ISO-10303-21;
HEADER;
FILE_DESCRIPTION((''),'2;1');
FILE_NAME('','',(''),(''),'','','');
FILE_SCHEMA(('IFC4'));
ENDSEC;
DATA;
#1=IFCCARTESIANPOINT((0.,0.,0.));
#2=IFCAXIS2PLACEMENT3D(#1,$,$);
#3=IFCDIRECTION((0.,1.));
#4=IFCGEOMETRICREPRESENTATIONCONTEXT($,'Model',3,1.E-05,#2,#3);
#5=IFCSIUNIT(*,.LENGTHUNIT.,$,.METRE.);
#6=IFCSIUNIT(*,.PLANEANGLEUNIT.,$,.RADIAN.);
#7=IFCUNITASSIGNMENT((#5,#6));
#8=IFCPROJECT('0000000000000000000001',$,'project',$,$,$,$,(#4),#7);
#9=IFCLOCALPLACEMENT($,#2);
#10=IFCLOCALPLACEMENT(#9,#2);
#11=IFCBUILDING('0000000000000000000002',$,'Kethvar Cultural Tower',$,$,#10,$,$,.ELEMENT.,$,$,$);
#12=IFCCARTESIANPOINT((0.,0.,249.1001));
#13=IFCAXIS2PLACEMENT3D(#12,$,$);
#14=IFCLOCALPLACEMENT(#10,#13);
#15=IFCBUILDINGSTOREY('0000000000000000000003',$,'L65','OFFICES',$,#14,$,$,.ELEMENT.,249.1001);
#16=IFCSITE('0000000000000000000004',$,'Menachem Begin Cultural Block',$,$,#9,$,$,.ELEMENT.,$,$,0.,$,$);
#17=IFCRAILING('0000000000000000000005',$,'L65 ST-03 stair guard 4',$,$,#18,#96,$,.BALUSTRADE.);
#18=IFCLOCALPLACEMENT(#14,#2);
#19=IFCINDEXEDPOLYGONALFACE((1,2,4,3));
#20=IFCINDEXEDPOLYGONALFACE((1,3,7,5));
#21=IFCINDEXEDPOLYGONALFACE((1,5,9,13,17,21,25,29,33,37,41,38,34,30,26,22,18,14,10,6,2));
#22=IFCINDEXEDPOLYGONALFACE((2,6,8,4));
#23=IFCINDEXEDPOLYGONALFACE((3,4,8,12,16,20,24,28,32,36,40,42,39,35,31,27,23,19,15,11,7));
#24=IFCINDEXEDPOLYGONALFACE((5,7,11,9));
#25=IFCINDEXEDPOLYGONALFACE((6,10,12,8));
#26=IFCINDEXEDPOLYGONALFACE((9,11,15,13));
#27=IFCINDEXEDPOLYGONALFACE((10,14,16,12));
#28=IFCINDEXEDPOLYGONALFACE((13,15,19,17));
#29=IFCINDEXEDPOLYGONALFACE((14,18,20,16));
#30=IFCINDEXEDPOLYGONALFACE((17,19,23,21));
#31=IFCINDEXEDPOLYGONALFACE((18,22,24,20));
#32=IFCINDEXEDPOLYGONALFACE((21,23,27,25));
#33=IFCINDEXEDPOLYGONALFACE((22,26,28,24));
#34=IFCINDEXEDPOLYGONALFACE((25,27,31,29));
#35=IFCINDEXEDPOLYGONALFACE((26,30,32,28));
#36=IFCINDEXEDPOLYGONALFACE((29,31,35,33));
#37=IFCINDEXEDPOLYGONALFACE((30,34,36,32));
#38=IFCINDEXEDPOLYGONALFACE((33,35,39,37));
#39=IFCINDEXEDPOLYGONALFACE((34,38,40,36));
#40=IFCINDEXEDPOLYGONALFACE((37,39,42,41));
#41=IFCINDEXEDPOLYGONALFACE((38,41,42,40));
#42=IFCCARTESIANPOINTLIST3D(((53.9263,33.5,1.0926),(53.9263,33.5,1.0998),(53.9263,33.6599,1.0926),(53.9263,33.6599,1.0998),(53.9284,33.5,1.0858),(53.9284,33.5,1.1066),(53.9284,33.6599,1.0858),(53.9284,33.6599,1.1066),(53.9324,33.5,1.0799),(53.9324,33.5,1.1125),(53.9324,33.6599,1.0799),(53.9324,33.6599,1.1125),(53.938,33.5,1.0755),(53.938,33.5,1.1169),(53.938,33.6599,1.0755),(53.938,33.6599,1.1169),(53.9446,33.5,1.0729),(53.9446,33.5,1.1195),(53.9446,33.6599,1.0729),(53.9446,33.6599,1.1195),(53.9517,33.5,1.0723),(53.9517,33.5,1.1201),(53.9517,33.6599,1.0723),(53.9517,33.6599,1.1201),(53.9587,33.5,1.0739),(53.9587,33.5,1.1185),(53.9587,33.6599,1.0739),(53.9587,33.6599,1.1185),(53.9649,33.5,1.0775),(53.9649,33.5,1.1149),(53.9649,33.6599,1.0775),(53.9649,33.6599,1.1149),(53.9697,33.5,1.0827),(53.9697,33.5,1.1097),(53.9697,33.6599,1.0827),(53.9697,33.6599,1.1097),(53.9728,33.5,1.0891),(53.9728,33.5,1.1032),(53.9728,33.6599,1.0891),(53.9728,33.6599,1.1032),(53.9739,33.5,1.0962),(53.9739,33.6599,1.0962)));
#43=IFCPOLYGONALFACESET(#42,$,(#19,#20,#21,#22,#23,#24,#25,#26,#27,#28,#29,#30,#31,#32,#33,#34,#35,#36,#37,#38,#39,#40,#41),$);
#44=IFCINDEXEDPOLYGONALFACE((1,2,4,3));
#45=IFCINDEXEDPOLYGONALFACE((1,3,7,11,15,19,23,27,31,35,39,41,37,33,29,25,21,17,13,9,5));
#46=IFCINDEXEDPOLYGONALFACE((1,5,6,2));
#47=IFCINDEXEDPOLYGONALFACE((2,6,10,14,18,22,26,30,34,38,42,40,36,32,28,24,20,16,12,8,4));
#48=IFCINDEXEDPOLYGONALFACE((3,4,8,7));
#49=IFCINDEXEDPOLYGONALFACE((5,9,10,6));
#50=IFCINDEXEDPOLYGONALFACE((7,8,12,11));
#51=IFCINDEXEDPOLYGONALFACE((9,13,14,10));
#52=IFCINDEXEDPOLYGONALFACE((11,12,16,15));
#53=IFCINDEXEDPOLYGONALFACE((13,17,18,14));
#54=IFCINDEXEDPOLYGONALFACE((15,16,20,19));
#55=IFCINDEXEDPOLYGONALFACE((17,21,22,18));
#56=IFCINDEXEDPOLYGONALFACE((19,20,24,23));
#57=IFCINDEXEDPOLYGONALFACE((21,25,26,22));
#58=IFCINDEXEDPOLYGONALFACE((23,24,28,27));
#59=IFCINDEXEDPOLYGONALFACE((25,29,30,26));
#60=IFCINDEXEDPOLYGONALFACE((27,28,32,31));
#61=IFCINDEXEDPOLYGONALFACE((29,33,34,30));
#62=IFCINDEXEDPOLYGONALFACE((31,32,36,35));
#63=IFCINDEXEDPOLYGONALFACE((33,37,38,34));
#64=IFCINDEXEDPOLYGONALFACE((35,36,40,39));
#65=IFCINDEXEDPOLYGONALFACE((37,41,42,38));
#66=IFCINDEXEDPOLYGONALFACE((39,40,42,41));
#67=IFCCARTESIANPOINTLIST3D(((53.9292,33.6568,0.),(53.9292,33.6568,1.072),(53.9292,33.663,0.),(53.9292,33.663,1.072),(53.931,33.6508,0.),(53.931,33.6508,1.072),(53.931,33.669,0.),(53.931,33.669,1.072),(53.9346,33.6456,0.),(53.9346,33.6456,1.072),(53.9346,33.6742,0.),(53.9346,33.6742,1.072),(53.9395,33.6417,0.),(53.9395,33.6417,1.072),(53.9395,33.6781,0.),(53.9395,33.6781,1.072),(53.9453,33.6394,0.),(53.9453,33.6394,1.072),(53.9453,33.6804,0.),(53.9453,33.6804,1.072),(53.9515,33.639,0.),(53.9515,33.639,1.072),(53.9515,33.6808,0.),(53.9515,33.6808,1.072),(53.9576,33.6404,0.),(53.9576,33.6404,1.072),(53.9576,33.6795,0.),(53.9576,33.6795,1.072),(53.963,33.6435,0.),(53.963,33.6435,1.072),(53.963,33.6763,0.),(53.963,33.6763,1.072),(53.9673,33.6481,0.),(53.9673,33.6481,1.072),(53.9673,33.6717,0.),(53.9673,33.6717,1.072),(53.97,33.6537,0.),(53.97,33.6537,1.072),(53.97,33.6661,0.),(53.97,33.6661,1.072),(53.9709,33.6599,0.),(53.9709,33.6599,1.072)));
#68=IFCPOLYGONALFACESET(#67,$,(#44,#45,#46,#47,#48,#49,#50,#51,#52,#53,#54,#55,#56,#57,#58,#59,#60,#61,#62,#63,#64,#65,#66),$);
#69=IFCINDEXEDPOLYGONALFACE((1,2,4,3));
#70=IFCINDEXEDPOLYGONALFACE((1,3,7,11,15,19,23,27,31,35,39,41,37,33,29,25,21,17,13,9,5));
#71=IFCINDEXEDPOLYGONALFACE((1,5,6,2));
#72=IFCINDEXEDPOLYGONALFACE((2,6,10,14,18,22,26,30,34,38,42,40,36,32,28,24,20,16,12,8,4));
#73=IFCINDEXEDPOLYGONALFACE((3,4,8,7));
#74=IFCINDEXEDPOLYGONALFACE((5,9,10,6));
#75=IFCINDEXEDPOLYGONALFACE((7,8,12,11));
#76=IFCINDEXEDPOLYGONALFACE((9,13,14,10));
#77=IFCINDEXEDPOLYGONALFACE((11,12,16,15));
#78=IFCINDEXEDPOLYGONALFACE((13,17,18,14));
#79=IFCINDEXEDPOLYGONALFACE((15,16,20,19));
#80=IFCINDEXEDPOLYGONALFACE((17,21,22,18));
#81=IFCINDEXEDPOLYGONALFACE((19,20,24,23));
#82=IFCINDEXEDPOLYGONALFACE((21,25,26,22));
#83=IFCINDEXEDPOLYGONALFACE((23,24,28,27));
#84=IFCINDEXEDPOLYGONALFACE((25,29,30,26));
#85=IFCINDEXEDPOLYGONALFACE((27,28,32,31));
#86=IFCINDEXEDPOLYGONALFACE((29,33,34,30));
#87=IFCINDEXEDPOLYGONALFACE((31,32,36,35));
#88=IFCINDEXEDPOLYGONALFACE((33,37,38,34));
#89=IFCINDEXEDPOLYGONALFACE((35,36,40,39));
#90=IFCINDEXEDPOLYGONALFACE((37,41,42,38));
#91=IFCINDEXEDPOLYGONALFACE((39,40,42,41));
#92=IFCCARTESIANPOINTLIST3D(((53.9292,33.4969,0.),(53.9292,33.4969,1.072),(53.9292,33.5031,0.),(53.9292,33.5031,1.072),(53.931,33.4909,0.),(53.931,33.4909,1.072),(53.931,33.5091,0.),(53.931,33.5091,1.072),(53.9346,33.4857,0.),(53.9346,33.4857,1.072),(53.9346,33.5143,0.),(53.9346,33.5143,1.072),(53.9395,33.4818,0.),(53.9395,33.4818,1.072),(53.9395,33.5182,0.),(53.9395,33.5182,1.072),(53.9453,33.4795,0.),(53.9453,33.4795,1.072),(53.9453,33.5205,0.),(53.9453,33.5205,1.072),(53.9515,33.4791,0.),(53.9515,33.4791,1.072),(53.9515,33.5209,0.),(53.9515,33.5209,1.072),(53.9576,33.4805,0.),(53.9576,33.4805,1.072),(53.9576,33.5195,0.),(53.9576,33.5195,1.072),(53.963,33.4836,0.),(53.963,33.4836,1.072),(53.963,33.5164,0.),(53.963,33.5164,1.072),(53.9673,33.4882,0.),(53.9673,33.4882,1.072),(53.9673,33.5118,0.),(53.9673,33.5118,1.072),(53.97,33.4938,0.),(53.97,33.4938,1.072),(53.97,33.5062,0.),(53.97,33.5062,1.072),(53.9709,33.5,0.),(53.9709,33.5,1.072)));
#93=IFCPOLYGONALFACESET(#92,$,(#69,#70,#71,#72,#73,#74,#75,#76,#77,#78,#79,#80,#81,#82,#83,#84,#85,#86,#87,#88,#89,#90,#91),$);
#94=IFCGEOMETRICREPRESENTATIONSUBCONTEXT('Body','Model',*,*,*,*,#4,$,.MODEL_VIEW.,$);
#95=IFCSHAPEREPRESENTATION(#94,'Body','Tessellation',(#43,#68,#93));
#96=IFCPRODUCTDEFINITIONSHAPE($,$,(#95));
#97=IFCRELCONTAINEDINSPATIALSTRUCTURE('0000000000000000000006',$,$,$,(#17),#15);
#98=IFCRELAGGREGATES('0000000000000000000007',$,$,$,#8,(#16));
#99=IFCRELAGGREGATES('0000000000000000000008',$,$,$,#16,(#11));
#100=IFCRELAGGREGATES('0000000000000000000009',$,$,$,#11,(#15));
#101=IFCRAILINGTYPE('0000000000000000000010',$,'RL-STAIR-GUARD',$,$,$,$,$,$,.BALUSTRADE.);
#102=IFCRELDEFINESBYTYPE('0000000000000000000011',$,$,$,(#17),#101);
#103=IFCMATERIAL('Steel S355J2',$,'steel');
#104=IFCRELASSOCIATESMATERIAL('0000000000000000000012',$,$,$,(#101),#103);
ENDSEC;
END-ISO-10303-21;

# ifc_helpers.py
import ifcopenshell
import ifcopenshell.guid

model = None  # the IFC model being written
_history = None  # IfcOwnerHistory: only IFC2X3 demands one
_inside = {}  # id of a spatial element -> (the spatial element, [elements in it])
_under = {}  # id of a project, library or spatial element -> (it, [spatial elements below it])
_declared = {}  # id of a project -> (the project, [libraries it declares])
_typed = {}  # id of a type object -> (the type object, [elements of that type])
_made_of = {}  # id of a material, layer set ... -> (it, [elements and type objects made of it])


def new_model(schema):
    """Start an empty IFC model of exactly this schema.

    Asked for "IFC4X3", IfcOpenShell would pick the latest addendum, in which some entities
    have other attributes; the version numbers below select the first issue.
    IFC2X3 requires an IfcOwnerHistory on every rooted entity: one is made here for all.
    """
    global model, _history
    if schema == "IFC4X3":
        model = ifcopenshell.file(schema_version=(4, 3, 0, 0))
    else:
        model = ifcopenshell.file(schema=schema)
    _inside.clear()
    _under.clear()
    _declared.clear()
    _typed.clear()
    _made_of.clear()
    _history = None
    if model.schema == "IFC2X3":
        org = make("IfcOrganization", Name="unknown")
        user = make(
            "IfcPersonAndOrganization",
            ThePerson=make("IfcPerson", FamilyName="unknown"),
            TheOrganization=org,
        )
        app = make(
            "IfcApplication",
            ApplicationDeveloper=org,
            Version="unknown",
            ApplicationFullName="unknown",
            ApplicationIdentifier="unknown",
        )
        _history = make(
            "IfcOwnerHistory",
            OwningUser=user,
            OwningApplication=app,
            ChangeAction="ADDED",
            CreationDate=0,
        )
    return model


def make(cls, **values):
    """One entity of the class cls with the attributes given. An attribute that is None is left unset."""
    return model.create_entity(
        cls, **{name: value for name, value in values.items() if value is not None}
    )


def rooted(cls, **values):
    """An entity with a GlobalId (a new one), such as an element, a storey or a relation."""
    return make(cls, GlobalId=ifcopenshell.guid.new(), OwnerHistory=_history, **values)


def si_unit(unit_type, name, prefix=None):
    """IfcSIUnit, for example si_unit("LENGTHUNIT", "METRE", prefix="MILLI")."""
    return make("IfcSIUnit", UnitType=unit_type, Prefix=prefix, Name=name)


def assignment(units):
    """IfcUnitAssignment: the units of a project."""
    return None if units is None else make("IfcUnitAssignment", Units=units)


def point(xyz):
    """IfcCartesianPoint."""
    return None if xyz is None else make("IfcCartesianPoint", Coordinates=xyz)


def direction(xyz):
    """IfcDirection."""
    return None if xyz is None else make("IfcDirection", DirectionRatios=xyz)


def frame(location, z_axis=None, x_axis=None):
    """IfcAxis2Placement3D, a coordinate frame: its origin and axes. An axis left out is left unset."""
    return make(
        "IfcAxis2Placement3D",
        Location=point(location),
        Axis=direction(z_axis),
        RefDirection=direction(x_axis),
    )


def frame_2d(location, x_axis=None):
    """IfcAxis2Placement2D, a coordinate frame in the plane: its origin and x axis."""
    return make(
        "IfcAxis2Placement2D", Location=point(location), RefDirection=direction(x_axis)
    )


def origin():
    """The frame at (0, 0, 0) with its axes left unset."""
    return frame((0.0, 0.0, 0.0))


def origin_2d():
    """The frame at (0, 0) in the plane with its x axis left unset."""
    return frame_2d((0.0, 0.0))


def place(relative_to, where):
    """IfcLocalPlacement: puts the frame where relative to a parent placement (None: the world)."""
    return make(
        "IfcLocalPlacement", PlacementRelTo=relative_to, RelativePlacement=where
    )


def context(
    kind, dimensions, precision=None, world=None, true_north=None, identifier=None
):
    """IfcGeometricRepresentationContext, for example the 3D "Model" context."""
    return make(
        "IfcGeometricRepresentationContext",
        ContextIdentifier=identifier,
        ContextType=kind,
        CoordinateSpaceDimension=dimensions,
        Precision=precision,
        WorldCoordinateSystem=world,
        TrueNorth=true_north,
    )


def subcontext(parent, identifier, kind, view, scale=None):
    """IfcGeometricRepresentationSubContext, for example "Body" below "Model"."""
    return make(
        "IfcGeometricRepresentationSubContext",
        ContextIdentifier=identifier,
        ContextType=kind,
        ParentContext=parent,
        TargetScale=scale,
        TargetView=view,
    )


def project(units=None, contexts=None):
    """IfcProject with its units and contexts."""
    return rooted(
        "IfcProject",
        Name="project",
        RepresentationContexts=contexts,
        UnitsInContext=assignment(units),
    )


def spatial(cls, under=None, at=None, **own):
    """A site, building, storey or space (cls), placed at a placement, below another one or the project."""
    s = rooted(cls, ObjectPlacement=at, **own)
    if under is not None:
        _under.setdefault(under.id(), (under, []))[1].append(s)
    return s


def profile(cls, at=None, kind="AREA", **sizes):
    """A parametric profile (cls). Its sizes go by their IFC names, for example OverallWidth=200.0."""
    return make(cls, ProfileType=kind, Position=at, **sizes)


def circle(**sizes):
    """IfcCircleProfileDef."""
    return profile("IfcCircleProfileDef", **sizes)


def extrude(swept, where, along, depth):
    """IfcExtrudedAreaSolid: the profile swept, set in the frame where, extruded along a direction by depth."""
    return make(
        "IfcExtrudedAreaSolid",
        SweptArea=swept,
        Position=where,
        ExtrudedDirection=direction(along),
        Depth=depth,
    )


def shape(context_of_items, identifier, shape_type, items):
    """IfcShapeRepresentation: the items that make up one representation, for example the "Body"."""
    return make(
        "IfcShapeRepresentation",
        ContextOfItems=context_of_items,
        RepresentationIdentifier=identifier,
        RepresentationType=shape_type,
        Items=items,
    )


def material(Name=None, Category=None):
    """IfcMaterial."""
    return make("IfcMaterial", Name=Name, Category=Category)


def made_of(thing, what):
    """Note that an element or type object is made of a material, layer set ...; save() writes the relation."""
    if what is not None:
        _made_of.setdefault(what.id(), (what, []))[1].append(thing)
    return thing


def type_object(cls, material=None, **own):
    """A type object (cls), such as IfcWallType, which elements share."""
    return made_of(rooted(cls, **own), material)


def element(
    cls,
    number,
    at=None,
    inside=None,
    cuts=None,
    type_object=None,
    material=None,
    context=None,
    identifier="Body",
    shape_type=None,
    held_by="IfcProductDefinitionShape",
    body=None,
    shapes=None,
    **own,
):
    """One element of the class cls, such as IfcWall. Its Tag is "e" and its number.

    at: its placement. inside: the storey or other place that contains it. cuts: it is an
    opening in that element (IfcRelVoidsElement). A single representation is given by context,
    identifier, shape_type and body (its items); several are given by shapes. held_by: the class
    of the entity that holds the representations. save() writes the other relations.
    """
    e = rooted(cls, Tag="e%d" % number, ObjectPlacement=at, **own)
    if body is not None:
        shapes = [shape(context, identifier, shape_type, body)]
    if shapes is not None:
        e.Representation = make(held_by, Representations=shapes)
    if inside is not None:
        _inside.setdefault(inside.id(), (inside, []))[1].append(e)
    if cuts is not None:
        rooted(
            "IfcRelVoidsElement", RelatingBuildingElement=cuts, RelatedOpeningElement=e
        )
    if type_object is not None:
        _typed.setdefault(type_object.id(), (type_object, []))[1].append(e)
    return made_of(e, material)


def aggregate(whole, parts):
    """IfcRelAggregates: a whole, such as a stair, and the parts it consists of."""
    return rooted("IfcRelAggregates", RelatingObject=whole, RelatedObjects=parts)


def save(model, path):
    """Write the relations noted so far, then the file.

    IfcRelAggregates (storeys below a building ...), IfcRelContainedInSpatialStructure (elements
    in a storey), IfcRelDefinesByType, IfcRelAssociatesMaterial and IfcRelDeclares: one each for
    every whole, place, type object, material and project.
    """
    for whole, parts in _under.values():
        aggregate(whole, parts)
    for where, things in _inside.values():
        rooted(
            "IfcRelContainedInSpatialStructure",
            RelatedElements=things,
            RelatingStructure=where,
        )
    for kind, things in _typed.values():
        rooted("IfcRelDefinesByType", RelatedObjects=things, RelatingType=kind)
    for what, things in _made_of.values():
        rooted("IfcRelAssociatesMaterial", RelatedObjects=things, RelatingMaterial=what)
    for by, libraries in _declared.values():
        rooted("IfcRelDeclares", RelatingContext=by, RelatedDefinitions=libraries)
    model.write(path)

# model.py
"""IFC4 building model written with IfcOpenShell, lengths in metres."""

from ifc_helpers import new_model, si_unit, direction, frame, origin, origin_2d, place, context, subcontext, project, spatial, circle, extrude, material, type_object, element, save


model = new_model("IFC4")

# Units and contexts
model_context = context("Model", 3, precision=1e-05, world=origin(), true_north=direction((0.0, 1.0)))
body_context = subcontext(model_context, "Body", "Model", "MODEL_VIEW")
ifc_project = project(units=[si_unit("LENGTHUNIT", "METRE"), si_unit("PLANEANGLEUNIT", "RADIAN")], contexts=[model_context])

# Site, building, storey
site_placement = place(None, origin())
site = spatial("IfcSite", under=ifc_project, at=site_placement, Name="Menachem Begin Cultural Block", CompositionType="ELEMENT", RefElevation=0.0)
building_placement = place(site_placement, origin())
building = spatial("IfcBuilding", under=site, at=building_placement, Name="Kethvar Cultural Tower", CompositionType="ELEMENT")
storey_placement = place(building_placement, frame((0.0, 0.0, 249.1001)))
storey = spatial("IfcBuildingStorey", under=building, at=storey_placement, Name="L65", Description="OFFICES", CompositionType="ELEMENT", Elevation=249.1001)

# Shared definitions
ifc_material_1 = material(Name="Steel S355J2", Category="steel")

# Railing
railing_type_1 = type_object("IfcRailingType", Name="RL-STAIR-GUARD", PredefinedType="BALUSTRADE", material=ifc_material_1)
railing_1_placement = place(storey_placement, frame((53.95, 33.6599, 0.0)))
element("IfcRailing", 1, at=railing_1_placement, inside=storey, type_object=railing_type_1, Name="L65 ST-03 stair guard 4", PredefinedType="BALUSTRADE", context=body_context, shape_type="SweptSolid", body=[
    extrude(circle(Radius=0.0239, at=origin_2d()), frame((0.0, 0.0, 1.0962), z_axis=(0.0, -1.0, 0.0), x_axis=(1.0, 0.0, 0.0)), (0.0, 0.0, 1.0), 0.1599),
    extrude(circle(Radius=0.021, at=origin_2d()), origin(), (0.0, 0.0, 1.0), 1.072),
    extrude(circle(Radius=0.021, at=origin_2d()), frame((0.0, -0.1599, 0.0)), (0.0, 0.0, 1.0), 1.072),
])

save(model, "model.ifc")
